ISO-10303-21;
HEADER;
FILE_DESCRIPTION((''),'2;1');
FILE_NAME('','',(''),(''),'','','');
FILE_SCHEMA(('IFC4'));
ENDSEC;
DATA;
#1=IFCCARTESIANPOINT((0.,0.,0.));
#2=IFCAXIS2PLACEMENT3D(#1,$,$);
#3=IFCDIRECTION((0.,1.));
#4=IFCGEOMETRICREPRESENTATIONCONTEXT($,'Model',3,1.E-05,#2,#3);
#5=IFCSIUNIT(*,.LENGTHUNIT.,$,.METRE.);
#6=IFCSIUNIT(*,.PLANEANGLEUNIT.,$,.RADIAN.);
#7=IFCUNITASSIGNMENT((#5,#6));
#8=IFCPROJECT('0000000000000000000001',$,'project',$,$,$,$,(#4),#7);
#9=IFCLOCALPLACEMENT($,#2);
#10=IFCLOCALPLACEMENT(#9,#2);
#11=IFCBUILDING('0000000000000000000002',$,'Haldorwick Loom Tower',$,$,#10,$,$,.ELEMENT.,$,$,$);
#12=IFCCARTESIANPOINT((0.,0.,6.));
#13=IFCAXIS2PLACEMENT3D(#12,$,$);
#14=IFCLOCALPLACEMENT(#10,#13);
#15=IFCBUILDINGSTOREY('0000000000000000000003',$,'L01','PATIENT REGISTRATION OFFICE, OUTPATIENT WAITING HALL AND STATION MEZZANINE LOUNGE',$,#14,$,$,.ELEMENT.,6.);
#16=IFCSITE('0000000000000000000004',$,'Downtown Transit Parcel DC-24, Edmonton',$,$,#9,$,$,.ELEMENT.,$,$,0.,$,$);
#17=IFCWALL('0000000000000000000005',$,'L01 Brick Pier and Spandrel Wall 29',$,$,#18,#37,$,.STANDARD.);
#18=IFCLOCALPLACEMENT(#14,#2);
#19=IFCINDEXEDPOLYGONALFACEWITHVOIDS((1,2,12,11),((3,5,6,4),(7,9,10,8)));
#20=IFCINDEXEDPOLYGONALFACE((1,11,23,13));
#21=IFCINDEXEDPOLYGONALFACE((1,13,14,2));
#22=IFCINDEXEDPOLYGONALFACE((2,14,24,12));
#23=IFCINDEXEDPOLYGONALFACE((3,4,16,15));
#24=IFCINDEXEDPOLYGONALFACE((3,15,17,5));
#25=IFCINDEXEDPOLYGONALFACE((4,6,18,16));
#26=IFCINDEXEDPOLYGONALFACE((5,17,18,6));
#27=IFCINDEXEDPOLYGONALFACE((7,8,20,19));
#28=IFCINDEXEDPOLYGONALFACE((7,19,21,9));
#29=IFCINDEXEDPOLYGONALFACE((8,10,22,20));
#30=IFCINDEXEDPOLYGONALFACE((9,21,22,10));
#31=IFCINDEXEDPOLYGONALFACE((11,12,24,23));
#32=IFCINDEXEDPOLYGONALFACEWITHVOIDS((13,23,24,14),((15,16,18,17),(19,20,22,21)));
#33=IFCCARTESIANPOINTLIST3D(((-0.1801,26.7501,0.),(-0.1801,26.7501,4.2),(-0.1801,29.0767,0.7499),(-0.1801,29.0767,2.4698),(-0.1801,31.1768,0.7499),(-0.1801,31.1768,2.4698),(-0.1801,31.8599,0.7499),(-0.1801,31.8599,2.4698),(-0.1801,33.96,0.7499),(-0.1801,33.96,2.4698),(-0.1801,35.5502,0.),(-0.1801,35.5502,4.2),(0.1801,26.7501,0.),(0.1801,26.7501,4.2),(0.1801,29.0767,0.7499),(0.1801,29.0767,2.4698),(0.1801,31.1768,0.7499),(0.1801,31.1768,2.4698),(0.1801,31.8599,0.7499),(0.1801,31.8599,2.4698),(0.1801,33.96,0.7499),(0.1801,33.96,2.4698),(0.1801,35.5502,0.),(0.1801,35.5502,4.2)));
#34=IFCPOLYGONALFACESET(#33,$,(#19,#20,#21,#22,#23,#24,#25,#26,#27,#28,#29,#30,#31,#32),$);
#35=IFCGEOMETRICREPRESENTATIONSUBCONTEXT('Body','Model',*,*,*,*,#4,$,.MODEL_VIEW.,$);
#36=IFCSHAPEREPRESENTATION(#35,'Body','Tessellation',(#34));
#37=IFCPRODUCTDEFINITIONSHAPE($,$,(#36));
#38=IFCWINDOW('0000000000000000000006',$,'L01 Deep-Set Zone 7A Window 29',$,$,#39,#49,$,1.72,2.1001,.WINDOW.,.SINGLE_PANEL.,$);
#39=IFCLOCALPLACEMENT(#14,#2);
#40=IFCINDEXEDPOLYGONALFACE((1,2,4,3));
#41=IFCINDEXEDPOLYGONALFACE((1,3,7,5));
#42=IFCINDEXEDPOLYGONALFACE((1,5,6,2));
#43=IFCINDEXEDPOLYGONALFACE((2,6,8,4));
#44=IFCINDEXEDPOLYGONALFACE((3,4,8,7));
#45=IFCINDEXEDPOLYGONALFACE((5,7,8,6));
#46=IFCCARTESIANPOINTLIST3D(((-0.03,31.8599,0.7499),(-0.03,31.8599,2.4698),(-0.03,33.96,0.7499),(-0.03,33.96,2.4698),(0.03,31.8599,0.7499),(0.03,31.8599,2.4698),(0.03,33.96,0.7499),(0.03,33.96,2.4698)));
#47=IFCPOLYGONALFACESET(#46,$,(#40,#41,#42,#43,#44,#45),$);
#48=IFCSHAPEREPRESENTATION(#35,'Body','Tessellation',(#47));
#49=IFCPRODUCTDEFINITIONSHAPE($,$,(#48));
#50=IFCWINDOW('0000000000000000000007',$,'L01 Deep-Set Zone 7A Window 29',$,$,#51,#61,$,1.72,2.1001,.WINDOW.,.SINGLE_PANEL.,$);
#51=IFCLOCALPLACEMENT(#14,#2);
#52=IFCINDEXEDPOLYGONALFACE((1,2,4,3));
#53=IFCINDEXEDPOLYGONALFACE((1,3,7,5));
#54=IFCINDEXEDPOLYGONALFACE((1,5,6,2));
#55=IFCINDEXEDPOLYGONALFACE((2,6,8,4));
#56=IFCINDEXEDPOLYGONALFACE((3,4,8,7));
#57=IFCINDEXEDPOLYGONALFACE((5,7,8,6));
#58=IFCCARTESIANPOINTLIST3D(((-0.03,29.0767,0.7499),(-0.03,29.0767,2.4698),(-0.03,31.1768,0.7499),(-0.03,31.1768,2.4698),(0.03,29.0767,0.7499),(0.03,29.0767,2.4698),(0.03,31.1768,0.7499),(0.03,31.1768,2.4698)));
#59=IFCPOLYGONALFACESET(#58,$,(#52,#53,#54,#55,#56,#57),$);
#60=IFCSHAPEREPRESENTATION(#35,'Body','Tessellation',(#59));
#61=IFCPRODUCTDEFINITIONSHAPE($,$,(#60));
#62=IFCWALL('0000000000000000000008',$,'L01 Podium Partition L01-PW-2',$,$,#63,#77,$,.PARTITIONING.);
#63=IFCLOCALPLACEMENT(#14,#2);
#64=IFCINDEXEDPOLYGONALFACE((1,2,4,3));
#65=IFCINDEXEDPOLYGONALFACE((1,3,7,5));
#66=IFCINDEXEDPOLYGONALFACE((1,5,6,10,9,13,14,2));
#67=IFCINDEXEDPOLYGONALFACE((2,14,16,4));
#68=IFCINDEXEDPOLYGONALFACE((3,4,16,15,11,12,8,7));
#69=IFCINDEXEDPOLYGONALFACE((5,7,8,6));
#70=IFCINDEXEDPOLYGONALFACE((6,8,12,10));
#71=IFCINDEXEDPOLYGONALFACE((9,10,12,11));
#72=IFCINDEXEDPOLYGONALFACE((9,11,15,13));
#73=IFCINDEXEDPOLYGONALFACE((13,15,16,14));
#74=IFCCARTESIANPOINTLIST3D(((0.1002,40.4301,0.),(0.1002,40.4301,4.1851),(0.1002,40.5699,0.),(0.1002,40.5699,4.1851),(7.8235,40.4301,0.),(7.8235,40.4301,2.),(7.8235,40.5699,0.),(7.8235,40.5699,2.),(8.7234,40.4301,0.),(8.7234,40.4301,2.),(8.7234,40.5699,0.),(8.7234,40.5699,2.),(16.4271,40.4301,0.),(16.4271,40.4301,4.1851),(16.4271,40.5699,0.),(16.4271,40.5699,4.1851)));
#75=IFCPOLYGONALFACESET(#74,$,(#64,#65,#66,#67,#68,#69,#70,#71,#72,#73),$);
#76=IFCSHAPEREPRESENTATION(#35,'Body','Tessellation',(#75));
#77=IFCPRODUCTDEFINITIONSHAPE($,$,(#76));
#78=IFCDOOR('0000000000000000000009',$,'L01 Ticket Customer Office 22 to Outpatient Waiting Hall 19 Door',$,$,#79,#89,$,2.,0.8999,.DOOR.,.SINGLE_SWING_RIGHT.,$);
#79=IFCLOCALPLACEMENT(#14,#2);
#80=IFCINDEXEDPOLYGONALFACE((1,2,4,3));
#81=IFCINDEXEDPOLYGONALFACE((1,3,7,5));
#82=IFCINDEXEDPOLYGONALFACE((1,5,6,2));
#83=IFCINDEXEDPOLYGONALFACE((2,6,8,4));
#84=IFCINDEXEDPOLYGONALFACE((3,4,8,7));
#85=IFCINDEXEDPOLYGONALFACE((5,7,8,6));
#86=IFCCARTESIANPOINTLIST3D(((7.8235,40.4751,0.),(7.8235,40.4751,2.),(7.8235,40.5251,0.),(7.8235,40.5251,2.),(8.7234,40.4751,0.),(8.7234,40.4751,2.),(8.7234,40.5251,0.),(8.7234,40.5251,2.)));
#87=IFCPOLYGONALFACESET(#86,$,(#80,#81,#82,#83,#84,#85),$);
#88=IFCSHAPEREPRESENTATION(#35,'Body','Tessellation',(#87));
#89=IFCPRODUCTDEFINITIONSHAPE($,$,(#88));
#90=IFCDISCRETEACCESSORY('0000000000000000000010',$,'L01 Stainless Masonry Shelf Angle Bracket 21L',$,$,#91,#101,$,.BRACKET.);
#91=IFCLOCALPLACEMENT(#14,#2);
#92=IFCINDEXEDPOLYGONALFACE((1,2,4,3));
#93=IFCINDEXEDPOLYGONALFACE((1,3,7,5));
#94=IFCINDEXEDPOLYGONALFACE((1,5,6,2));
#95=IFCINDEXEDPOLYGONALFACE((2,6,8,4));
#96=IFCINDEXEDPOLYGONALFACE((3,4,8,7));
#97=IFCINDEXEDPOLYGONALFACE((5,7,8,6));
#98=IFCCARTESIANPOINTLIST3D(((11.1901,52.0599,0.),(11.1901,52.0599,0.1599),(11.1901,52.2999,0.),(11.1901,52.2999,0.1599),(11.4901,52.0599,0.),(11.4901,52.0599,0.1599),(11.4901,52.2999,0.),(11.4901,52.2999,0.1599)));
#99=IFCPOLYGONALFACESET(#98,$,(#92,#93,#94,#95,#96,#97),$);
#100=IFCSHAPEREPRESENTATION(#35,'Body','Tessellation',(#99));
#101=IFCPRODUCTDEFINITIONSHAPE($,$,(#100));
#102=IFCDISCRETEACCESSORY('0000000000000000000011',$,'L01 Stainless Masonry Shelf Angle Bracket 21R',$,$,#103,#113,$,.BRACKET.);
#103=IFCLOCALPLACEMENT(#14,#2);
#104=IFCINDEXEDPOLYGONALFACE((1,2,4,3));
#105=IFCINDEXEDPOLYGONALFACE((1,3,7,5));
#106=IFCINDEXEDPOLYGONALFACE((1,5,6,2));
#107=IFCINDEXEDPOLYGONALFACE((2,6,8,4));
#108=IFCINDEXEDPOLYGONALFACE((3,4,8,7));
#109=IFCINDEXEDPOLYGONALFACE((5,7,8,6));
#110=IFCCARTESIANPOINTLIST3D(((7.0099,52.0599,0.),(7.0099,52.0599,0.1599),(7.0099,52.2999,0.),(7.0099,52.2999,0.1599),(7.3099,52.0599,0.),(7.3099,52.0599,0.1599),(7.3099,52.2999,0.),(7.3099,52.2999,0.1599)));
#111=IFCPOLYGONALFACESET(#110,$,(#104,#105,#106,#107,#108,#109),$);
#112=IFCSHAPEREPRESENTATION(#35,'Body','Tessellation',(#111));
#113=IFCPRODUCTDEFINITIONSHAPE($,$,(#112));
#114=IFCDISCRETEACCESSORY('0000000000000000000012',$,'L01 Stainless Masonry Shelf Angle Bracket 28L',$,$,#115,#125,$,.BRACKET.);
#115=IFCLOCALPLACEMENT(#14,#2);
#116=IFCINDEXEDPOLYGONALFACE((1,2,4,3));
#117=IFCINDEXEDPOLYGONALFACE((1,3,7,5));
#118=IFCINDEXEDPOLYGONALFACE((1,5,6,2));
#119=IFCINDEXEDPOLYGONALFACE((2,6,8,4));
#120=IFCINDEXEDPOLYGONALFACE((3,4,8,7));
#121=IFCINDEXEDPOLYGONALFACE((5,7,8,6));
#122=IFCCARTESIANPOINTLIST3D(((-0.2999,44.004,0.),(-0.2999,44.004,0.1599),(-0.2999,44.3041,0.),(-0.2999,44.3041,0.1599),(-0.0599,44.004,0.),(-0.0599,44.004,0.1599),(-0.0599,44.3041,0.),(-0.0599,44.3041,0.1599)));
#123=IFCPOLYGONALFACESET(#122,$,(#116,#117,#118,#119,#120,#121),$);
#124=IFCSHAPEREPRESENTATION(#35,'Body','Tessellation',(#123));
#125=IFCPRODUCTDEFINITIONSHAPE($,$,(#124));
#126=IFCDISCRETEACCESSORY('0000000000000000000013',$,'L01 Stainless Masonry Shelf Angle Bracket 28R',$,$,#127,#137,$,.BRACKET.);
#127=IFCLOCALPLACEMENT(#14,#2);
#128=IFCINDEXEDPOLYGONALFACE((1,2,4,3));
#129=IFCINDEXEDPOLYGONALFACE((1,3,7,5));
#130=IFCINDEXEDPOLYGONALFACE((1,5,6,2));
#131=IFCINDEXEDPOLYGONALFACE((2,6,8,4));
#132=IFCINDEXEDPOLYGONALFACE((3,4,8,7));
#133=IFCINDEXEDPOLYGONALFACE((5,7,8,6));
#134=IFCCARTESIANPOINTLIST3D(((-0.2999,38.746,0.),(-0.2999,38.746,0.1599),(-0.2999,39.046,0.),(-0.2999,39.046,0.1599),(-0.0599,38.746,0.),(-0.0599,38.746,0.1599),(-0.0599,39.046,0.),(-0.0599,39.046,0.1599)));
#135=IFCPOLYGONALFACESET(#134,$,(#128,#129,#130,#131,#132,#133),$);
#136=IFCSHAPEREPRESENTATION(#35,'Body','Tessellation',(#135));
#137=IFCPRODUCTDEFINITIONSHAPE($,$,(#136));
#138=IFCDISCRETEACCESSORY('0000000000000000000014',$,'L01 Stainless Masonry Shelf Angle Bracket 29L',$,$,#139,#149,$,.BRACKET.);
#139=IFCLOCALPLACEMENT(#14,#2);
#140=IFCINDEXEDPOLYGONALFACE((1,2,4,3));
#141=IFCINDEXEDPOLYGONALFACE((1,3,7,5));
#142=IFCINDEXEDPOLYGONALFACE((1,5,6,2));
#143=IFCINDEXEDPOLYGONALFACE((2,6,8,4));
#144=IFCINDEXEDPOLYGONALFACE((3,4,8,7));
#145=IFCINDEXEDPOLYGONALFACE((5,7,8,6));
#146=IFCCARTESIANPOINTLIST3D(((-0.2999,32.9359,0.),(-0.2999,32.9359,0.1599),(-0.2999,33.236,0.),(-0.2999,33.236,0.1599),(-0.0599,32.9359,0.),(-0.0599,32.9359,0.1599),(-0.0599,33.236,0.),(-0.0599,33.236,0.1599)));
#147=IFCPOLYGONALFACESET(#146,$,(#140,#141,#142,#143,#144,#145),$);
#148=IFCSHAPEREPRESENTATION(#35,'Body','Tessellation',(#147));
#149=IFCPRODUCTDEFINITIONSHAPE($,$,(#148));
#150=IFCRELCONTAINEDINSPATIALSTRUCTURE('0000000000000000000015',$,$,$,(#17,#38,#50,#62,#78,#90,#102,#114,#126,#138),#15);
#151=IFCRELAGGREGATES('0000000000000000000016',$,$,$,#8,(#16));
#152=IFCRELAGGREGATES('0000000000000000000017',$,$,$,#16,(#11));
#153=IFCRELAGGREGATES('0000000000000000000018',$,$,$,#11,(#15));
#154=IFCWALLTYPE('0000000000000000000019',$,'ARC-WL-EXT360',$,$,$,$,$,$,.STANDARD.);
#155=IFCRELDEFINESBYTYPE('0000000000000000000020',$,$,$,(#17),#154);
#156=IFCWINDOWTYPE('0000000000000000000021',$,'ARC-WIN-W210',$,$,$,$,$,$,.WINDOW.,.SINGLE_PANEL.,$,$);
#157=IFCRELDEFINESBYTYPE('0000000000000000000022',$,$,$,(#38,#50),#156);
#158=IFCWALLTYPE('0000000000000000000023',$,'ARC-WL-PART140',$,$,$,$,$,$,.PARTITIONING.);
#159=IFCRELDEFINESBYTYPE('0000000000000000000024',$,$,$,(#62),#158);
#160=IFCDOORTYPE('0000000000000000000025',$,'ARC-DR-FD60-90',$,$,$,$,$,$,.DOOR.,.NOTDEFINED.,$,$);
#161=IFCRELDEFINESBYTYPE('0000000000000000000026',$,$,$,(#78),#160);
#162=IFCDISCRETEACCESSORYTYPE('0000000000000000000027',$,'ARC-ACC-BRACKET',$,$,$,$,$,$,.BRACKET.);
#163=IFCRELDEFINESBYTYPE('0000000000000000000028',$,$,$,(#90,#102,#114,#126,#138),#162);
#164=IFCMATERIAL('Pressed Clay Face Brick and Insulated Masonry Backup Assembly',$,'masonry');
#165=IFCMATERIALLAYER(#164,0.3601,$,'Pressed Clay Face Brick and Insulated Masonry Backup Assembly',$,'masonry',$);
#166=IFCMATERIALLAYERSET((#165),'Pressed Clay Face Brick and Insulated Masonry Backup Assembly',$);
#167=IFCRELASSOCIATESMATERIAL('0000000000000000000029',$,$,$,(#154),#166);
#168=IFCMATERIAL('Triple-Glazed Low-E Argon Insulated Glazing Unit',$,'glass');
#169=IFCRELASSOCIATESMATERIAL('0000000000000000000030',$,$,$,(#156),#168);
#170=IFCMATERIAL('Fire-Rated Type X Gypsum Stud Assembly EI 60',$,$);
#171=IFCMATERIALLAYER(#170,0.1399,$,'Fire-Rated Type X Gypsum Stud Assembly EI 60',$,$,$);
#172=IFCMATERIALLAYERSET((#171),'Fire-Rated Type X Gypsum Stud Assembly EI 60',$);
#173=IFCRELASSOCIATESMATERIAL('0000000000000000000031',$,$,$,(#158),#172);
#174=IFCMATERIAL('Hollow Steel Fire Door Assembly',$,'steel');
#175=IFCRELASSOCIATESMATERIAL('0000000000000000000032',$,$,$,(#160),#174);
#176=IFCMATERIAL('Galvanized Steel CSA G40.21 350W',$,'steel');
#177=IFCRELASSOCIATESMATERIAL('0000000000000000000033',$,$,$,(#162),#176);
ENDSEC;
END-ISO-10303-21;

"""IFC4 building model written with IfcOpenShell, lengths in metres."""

from ifc_helpers import new_model, si_unit, direction, frame, frame_2d, origin, origin_2d, place, context, subcontext, project, spatial, rectangle, extrude, material, layer, layer_set, type_object, element, fill, save


model = new_model("IFC4")

# Units and contexts
model_context = context("Model", 3, precision=1e-05, world=origin(), true_north=direction((0.0, 1.0)))
body_context = subcontext(model_context, "Body", "Model", "MODEL_VIEW")
ifc_project = project(units=[si_unit("LENGTHUNIT", "METRE"), si_unit("PLANEANGLEUNIT", "RADIAN")], contexts=[model_context])

# Site, building, storey
site_placement = place(None, origin())
site = spatial("IfcSite", under=ifc_project, at=site_placement, Name="Downtown Transit Parcel DC-24, Edmonton", CompositionType="ELEMENT", RefElevation=0.0)
building_placement = place(site_placement, origin())
building = spatial("IfcBuilding", under=site, at=building_placement, Name="Haldorwick Loom Tower", CompositionType="ELEMENT")
storey_placement = place(building_placement, frame((0.0, 0.0, 6.0)))
storey = spatial("IfcBuildingStorey", under=building, at=storey_placement, Name="L01", Description="PATIENT REGISTRATION OFFICE, OUTPATIENT WAITING HALL AND STATION MEZZANINE LOUNGE", CompositionType="ELEMENT", Elevation=6.0)

# Shared definitions
ifc_material_1 = material(Name="Triple-Glazed Low-E Argon Insulated Glazing Unit", Category="glass")

# Shared definitions
ifc_material_2 = material(Name="Pressed Clay Face Brick and Insulated Masonry Backup Assembly", Category="masonry")
ifc_layer_1 = layer(ifc_material_2, 0.3601, Name="Pressed Clay Face Brick and Insulated Masonry Backup Assembly", Category="masonry")
ifc_layer_set_1 = layer_set([ifc_layer_1], Name="Pressed Clay Face Brick and Insulated Masonry Backup Assembly")
wall_type_1 = type_object("IfcWallType", Name="ARC-WL-EXT360", PredefinedType="STANDARD", material=ifc_layer_set_1)
window_type = type_object("IfcWindowType", Name="ARC-WIN-W210", PartitioningType="SINGLE_PANEL", PredefinedType="WINDOW", material=ifc_material_1)

# Wall, openings, windows
wall_1_placement = place(storey_placement, frame((0.0, 35.55, 0.0), z_axis=(0.0, 0.0, 1.0), x_axis=(0.0, -1.0, 0.0)))
wall_1 = element("IfcWall", 1, at=wall_1_placement, inside=storey, type_object=wall_type_1, Name="L01 Brick Pier and Spandrel Wall 29", PredefinedType="STANDARD", context=body_context, shape_type="SweptSolid", body=[
    extrude(rectangle(XDim=8.8, YDim=0.3601, at=frame_2d((4.3999, 0.0))), origin(), (0.0, 0.0, 1.0), 4.2),
])
opening_1_placement = place(wall_1_placement, frame((1.5901, 0.0, 0.75)))
opening_1 = element("IfcOpeningElement", 2, at=opening_1_placement, cuts=wall_1, PredefinedType="OPENING", context=body_context, shape_type="SweptSolid", body=[
    extrude(rectangle(XDim=2.1001, YDim=1.72, at=frame_2d((1.05, 0.8599))), frame((0.0, 0.1899, 0.0), z_axis=(0.0, -1.0, 0.0), x_axis=(1.0, 0.0, 0.0)), (0.0, 0.0, 1.0), 0.3801),
])
opening_2_placement = place(wall_1_placement, frame((4.3733, 0.0, 0.75)))
opening_2 = element("IfcOpeningElement", 3, at=opening_2_placement, cuts=wall_1, PredefinedType="OPENING", context=body_context, shape_type="SweptSolid", body=[
    extrude(rectangle(XDim=2.1001, YDim=1.72, at=frame_2d((1.05, 0.8599))), frame((0.0, 0.1899, 0.0), z_axis=(0.0, -1.0, 0.0), x_axis=(1.0, 0.0, 0.0)), (0.0, 0.0, 1.0), 0.3801),
])
window_1_placement = place(opening_1_placement, origin())
window_1 = element("IfcWindow", 4, at=window_1_placement, inside=storey, type_object=window_type, Name="L01 Deep-Set Zone 7A Window 29", OverallHeight=1.72, OverallWidth=2.1001, PartitioningType="SINGLE_PANEL", PredefinedType="WINDOW", context=body_context, shape_type="SweptSolid", body=[
    extrude(rectangle(XDim=2.1001, YDim=1.72, at=frame_2d((1.05, 0.8599))), frame((0.0, 0.03, 0.0), z_axis=(0.0, -1.0, 0.0), x_axis=(1.0, 0.0, 0.0)), (0.0, 0.0, 1.0), 0.0601),
])
fill(opening_1, window_1)
window_2_placement = place(opening_2_placement, origin())
window_2 = element("IfcWindow", 5, at=window_2_placement, inside=storey, type_object=window_type, Name="L01 Deep-Set Zone 7A Window 29", OverallHeight=1.72, OverallWidth=2.1001, PartitioningType="SINGLE_PANEL", PredefinedType="WINDOW", context=body_context, shape_type="SweptSolid", body=[
    extrude(rectangle(XDim=2.1001, YDim=1.72, at=frame_2d((1.05, 0.8599))), frame((0.0, 0.03, 0.0), z_axis=(0.0, -1.0, 0.0), x_axis=(1.0, 0.0, 0.0)), (0.0, 0.0, 1.0), 0.0601),
])
fill(opening_2, window_2)

# Wall, opening, door
ifc_material_3 = material(Name="Fire-Rated Type X Gypsum Stud Assembly EI 60")
ifc_layer_2 = layer(ifc_material_3, 0.1399, Name="Fire-Rated Type X Gypsum Stud Assembly EI 60")
ifc_layer_set_2 = layer_set([ifc_layer_2], Name="Fire-Rated Type X Gypsum Stud Assembly EI 60")
wall_type_2 = type_object("IfcWallType", Name="ARC-WL-PART140", PredefinedType="PARTITIONING", material=ifc_layer_set_2)
wall_2_placement = place(storey_placement, frame((0.1001, 40.5, 0.0), z_axis=(0.0, 0.0, 1.0), x_axis=(1.0, 0.0, 0.0)))
wall_2 = element("IfcWall", 6, at=wall_2_placement, inside=storey, type_object=wall_type_2, Name="L01 Podium Partition L01-PW-2", PredefinedType="PARTITIONING", context=body_context, shape_type="SweptSolid", body=[
    extrude(rectangle(XDim=16.3269, YDim=0.1399, at=frame_2d((8.1636, 0.0))), origin(), (0.0, 0.0, 1.0), 4.1851),
])
opening_3_placement = place(wall_2_placement, frame((7.7234, 0.0, 0.0)))
opening_3 = element("IfcOpeningElement", 7, at=opening_3_placement, cuts=wall_2, PredefinedType="OPENING", context=body_context, shape_type="SweptSolid", body=[
    extrude(rectangle(XDim=0.8999, YDim=2.0, at=frame_2d((0.45, 1.0))), frame((0.0, 0.0798, 0.0), z_axis=(0.0, -1.0, 0.0), x_axis=(1.0, 0.0, 0.0)), (0.0, 0.0, 1.0), 0.1599),
])
ifc_material_4 = material(Name="Hollow Steel Fire Door Assembly", Category="steel")
door_type = type_object("IfcDoorType", Name="ARC-DR-FD60-90", OperationType="NOTDEFINED", PredefinedType="DOOR", material=ifc_material_4)
door_placement = place(opening_3_placement, frame((0.8999, 0.0, 0.0), z_axis=(0.0, 0.0, 1.0), x_axis=(-1.0, 0.0, 0.0)))
door = element("IfcDoor", 8, at=door_placement, inside=storey, type_object=door_type, Name="L01 Ticket Customer Office 22 to Outpatient Waiting Hall 19 Door", OperationType="SINGLE_SWING_RIGHT", OverallHeight=2.0, OverallWidth=0.8999, PredefinedType="DOOR", context=body_context, shape_type="SweptSolid", body=[
    extrude(rectangle(XDim=0.8999, YDim=2.0, at=frame_2d((0.45, 1.0))), frame((0.0, 0.0249, 0.0), z_axis=(0.0, -1.0, 0.0), x_axis=(1.0, 0.0, 0.0)), (0.0, 0.0, 1.0), 0.05),
])
fill(opening_3, door)

# Discrete accessories
ifc_material_5 = material(Name="Galvanized Steel CSA G40.21 350W", Category="steel")
discrete_accessory_type = type_object("IfcDiscreteAccessoryType", Name="ARC-ACC-BRACKET", PredefinedType="BRACKET", material=ifc_material_5)
for number, where, z_axis, x_axis, name in (
    (9, (11.3401, 52.1799, 0.0), (0.0, 0.0, 1.0), (-1.0, 0.0, 0.0), "L01 Stainless Masonry Shelf Angle Bracket 21L"),
    (10, (7.1599, 52.1799, 0.0), (0.0, 0.0, 1.0), (-1.0, 0.0, 0.0), "L01 Stainless Masonry Shelf Angle Bracket 21R"),
    (11, (-0.1799, 44.1541, 0.0), (0.0, 0.0, 1.0), (0.0, -1.0, 0.0), "L01 Stainless Masonry Shelf Angle Bracket 28L"),
    (12, (-0.1799, 38.896, 0.0), (0.0, 0.0, 1.0), (0.0, -1.0, 0.0), "L01 Stainless Masonry Shelf Angle Bracket 28R"),
    (13, (-0.1799, 33.0859, 0.0), (0.0, 0.0, 1.0), (0.0, -1.0, 0.0), "L01 Stainless Masonry Shelf Angle Bracket 29L"),
):
    element("IfcDiscreteAccessory", number, at=place(storey_placement, frame(where, z_axis=z_axis, x_axis=x_axis)), inside=storey, type_object=discrete_accessory_type, Name=name, PredefinedType="BRACKET", context=body_context, shape_type="SweptSolid", body=[
        extrude(rectangle(XDim=0.3, YDim=0.24, at=origin_2d()), origin(), (0.0, 0.0, 1.0), 0.1599),
    ])

save(model, "model.ifc")
